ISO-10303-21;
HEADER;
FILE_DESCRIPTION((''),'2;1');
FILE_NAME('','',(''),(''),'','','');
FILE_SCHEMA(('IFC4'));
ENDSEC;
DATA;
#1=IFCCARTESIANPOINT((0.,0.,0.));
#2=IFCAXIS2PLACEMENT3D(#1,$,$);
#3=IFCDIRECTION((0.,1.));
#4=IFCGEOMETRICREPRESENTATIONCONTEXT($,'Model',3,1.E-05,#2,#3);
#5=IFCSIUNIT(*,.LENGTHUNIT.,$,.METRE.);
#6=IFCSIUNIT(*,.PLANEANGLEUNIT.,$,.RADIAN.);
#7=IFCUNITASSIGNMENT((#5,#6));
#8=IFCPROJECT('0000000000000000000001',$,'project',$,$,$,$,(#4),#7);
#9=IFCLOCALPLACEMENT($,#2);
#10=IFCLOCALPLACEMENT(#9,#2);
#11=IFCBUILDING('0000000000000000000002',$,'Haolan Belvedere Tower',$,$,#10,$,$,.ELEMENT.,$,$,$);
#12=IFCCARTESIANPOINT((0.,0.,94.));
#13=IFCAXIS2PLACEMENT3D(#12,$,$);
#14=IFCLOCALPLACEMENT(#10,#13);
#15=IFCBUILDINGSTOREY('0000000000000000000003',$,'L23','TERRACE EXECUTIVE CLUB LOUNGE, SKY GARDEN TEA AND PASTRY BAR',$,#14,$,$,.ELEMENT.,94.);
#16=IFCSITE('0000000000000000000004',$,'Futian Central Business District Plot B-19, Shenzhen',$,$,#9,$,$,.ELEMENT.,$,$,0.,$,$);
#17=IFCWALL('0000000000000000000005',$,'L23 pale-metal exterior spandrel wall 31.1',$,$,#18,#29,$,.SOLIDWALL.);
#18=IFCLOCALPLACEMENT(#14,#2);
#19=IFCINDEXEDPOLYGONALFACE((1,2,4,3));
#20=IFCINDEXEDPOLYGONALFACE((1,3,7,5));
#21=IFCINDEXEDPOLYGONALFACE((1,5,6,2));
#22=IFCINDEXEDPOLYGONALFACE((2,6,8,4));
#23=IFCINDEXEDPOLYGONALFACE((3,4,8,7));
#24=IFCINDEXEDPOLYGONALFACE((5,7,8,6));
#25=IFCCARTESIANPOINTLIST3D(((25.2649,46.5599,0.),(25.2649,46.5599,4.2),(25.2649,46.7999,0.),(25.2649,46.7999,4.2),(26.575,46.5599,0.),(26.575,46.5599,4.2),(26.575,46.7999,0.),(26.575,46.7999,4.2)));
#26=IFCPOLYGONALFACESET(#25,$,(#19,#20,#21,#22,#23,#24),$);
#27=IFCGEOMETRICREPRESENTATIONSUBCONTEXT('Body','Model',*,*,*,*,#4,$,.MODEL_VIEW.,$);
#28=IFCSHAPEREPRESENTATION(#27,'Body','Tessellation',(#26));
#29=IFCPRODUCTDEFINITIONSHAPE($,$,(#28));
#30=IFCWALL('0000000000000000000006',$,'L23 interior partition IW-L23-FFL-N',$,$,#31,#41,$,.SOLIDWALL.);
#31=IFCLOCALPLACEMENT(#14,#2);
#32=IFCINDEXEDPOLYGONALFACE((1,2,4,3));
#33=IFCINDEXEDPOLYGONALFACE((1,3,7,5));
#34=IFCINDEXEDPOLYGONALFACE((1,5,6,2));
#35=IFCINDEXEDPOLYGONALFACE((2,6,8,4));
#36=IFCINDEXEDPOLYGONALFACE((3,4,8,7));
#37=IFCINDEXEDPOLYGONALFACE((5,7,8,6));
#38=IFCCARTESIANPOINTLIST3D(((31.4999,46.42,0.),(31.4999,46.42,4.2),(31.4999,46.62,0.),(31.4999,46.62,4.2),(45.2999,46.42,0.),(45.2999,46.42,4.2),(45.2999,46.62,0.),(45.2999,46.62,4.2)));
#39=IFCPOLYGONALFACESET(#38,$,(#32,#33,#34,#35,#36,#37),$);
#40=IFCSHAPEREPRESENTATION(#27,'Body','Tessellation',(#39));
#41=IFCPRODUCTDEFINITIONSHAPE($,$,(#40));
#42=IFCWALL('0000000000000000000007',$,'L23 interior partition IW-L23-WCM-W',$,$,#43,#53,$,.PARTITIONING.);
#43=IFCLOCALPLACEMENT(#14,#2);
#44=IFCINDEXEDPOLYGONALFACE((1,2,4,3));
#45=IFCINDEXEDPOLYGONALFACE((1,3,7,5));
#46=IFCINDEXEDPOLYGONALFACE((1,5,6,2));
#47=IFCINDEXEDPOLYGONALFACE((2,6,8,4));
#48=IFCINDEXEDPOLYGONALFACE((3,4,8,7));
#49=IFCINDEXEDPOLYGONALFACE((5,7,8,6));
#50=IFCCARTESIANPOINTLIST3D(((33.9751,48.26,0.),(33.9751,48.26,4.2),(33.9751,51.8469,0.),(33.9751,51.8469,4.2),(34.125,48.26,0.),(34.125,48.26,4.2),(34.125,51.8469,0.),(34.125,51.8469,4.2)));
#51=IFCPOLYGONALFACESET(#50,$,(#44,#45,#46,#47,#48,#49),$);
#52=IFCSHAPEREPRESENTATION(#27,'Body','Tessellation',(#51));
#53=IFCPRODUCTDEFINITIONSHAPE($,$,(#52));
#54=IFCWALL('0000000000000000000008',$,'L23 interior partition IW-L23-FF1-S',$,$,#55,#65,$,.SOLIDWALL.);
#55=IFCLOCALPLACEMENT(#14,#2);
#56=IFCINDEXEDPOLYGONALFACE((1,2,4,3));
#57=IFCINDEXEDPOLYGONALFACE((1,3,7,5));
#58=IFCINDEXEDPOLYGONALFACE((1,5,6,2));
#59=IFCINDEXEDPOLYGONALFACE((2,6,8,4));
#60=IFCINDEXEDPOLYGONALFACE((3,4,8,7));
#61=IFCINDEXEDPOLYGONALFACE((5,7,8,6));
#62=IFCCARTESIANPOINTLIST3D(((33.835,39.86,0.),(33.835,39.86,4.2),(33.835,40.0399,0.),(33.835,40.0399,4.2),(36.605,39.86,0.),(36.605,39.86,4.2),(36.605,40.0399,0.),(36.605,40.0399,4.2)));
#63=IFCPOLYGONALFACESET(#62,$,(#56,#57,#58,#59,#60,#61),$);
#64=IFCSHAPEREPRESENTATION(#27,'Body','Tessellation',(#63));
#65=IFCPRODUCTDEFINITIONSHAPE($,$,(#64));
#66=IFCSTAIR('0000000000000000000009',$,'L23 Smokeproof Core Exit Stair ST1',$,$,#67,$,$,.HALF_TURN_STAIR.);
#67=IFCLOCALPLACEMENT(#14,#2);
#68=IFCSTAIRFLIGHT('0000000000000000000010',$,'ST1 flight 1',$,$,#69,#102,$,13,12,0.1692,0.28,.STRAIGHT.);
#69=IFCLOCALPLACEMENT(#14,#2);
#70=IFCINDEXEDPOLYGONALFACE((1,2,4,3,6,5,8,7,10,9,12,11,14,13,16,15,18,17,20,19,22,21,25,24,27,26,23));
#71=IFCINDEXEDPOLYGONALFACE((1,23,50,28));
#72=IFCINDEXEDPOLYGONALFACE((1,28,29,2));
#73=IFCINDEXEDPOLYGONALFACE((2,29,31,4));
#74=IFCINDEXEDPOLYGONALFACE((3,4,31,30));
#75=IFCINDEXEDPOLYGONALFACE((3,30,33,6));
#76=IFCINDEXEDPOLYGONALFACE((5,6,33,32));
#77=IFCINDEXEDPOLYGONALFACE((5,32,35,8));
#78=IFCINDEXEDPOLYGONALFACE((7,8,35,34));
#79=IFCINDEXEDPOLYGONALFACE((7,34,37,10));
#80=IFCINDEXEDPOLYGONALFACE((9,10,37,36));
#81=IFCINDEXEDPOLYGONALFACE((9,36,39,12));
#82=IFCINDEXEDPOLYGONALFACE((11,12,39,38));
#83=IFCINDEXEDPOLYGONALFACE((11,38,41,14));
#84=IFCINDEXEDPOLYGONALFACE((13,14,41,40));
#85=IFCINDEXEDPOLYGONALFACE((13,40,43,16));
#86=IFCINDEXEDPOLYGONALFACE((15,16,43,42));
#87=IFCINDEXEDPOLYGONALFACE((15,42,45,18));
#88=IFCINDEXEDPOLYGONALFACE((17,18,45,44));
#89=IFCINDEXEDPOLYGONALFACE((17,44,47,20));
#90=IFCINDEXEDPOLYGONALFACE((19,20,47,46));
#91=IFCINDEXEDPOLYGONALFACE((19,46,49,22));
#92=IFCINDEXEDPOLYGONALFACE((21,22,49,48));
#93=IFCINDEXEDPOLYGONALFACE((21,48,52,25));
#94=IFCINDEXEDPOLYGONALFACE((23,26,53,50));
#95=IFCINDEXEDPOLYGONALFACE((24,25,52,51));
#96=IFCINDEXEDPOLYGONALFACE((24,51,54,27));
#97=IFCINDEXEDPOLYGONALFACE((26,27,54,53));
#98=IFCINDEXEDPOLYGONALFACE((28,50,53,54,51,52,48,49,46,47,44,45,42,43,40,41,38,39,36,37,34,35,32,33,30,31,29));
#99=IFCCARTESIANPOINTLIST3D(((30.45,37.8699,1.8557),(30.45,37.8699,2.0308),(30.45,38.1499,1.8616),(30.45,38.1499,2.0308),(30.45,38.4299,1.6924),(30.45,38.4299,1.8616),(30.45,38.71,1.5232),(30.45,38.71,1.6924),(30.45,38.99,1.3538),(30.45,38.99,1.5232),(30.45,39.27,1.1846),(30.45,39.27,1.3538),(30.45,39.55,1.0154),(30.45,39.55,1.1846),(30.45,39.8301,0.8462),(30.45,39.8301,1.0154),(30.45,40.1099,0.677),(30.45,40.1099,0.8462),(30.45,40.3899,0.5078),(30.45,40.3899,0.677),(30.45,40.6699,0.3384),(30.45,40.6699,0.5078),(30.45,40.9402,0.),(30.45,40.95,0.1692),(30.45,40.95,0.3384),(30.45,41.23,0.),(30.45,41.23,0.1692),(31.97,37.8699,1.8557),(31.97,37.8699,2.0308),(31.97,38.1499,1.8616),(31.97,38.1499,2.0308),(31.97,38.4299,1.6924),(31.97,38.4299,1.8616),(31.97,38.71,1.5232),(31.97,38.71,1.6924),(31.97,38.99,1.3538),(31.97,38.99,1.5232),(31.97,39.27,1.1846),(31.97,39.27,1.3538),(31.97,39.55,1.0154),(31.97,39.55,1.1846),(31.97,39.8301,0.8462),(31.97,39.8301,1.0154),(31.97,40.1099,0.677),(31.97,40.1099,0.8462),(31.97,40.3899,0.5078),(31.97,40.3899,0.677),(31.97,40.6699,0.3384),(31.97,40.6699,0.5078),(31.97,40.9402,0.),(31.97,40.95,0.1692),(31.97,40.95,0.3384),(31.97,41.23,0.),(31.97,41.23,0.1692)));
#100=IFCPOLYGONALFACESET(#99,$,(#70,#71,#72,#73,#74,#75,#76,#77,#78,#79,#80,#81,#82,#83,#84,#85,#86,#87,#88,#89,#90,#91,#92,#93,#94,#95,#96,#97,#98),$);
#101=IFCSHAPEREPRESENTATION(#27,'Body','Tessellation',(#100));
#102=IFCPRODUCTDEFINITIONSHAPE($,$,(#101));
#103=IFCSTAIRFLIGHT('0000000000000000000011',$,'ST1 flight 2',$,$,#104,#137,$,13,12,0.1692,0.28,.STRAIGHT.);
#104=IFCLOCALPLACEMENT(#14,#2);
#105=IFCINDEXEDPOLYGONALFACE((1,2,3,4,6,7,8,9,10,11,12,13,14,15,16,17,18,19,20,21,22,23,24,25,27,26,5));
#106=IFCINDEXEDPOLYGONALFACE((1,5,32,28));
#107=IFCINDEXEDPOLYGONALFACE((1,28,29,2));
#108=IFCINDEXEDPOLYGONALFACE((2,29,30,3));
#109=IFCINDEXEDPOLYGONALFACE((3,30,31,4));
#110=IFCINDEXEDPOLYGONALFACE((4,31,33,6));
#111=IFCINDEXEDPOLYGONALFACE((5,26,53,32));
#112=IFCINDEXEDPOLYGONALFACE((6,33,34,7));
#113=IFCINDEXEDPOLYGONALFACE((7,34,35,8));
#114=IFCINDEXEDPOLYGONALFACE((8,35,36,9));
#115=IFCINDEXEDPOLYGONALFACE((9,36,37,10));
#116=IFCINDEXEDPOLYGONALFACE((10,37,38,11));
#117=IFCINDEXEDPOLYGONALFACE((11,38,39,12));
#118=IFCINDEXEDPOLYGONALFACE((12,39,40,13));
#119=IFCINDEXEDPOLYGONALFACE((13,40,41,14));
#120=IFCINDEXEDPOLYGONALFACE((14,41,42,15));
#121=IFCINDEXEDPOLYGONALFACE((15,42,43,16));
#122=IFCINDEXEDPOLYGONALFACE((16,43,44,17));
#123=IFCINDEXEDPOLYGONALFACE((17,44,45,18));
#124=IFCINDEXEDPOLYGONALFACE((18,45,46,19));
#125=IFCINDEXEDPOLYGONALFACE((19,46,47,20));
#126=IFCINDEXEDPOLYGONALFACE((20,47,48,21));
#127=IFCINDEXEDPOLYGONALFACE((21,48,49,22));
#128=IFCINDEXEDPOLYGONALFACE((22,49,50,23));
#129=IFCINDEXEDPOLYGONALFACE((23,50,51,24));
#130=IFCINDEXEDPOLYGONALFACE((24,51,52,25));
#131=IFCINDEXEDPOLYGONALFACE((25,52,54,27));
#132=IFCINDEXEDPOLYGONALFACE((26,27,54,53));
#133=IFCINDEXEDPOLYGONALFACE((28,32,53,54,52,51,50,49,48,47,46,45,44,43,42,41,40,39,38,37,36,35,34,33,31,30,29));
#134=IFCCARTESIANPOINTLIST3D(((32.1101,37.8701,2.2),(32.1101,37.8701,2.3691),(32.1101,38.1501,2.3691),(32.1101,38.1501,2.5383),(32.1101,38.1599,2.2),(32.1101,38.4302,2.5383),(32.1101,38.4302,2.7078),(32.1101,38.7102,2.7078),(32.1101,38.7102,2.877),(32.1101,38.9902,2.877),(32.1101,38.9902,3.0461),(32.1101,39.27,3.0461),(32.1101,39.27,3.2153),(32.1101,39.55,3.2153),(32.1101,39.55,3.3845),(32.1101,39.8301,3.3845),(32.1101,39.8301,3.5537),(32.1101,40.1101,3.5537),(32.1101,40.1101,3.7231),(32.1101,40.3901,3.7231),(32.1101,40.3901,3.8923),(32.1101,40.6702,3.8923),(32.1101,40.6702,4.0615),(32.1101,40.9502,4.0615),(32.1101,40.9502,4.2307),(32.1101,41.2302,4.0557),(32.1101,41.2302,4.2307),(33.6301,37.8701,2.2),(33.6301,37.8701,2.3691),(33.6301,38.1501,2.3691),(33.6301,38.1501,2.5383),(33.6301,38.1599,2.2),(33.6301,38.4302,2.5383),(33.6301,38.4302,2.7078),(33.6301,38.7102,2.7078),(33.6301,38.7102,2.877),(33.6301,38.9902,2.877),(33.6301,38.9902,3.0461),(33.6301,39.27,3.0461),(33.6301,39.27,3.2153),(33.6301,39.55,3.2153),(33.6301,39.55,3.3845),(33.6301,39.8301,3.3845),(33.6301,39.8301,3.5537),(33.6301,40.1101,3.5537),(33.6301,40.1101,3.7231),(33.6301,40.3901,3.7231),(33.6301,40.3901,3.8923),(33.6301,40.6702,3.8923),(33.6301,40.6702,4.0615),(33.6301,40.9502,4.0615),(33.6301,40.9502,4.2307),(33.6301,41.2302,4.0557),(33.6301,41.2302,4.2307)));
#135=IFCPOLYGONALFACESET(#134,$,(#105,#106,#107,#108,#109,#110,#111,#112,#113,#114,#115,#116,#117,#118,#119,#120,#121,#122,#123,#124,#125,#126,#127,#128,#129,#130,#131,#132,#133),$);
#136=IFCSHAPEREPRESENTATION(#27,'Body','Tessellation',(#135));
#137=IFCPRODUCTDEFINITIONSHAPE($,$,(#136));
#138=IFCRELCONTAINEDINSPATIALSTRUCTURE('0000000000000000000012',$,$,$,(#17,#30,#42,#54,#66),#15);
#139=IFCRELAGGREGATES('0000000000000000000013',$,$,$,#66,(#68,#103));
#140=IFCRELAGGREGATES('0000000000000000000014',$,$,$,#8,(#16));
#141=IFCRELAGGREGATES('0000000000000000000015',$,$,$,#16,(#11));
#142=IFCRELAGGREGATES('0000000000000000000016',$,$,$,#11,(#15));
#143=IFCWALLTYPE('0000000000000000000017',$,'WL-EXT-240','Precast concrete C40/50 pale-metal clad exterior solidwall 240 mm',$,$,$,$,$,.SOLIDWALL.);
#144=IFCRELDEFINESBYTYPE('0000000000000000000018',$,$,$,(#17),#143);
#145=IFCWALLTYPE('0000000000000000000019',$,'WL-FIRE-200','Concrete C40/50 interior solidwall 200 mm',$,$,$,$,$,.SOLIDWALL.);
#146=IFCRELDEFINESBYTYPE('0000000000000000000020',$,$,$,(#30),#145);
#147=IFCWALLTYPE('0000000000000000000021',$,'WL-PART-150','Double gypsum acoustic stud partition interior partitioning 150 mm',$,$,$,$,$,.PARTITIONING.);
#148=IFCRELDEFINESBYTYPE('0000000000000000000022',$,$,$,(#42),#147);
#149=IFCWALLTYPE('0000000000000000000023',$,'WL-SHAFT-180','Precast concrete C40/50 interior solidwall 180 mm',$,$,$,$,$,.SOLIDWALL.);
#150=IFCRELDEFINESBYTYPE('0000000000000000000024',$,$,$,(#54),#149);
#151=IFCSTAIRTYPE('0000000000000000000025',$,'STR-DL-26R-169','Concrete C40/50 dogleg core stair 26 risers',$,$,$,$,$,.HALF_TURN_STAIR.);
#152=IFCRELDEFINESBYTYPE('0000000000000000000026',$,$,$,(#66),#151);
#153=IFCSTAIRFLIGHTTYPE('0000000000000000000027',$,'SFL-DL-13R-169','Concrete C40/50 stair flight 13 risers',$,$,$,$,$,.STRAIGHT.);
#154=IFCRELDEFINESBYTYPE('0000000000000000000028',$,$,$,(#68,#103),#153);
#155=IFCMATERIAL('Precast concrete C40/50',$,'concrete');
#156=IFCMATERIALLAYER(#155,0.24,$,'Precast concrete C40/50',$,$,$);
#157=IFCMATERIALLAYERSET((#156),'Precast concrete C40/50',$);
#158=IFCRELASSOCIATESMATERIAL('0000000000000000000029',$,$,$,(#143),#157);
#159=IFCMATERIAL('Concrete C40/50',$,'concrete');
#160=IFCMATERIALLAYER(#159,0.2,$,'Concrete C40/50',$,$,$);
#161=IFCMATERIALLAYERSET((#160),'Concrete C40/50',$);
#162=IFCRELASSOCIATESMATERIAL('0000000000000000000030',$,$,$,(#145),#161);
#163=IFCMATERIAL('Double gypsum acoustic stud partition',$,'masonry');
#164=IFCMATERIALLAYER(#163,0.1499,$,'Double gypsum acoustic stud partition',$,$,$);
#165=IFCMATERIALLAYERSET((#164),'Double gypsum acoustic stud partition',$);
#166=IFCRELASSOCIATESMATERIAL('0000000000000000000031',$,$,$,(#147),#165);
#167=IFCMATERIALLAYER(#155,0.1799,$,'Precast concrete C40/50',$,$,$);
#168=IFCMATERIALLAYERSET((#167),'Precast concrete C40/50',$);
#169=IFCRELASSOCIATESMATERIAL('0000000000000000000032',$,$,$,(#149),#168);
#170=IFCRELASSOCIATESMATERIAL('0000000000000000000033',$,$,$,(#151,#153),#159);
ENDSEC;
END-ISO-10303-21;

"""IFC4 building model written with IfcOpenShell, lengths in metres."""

from ifc_helpers import new_model, si_unit, direction, frame, frame_2d, origin, place, context, subcontext, project, spatial, polyline, rectangle, outline, extrude, material, layer, layer_set, type_object, element, aggregate, save


model = new_model("IFC4")

# Units and contexts
model_context = context("Model", 3, precision=1e-05, world=origin(), true_north=direction((0.0, 1.0)))
body_context = subcontext(model_context, "Body", "Model", "MODEL_VIEW")
ifc_project = project(units=[si_unit("LENGTHUNIT", "METRE"), si_unit("PLANEANGLEUNIT", "RADIAN")], contexts=[model_context])

# Site, building, storey
site_placement = place(None, origin())
site = spatial("IfcSite", under=ifc_project, at=site_placement, Name="Futian Central Business District Plot B-19, Shenzhen", CompositionType="ELEMENT", RefElevation=0.0)
building_placement = place(site_placement, origin())
building = spatial("IfcBuilding", under=site, at=building_placement, Name="Haolan Belvedere Tower", CompositionType="ELEMENT")
storey_placement = place(building_placement, frame((0.0, 0.0, 94.0)))
storey = spatial("IfcBuildingStorey", under=building, at=storey_placement, Name="L23", Description="TERRACE EXECUTIVE CLUB LOUNGE, SKY GARDEN TEA AND PASTRY BAR", CompositionType="ELEMENT", Elevation=94.0)

# Shared definitions
ifc_material_1 = material(Name="Precast concrete C40/50", Category="concrete")
ifc_layer_1 = layer(ifc_material_1, 0.24, Name="Precast concrete C40/50")
ifc_layer_set_1 = layer_set([ifc_layer_1], Name="Precast concrete C40/50")
wall_type_1 = type_object("IfcWallType", Name="WL-EXT-240", Description="Precast concrete C40/50 pale-metal clad exterior solidwall 240 mm", PredefinedType="SOLIDWALL", material=ifc_layer_set_1)

# Walls
wall_1_placement = place(storey_placement, frame((26.575, 46.6799, 0.0), z_axis=(0.0, 0.0, 1.0), x_axis=(-1.0, 0.0, 0.0)))
element("IfcWall", 1, at=wall_1_placement, inside=storey, type_object=wall_type_1, Name="L23 pale-metal exterior spandrel wall 31.1", PredefinedType="SOLIDWALL", context=body_context, shape_type="SweptSolid", body=[
    extrude(rectangle(XDim=1.3101, YDim=0.24, at=frame_2d((0.655, 0.0))), origin(), (0.0, 0.0, 1.0), 4.2),
])
ifc_material_2 = material(Name="Concrete C40/50", Category="concrete")
ifc_layer_2 = layer(ifc_material_2, 0.2, Name="Concrete C40/50")
ifc_layer_set_2 = layer_set([ifc_layer_2], Name="Concrete C40/50")
wall_type_2 = type_object("IfcWallType", Name="WL-FIRE-200", Description="Concrete C40/50 interior solidwall 200 mm", PredefinedType="SOLIDWALL", material=ifc_layer_set_2)
wall_2_placement = place(storey_placement, frame((31.5, 46.52, 0.0), z_axis=(0.0, 0.0, 1.0), x_axis=(1.0, 0.0, 0.0)))
element("IfcWall", 2, at=wall_2_placement, inside=storey, type_object=wall_type_2, Name="L23 interior partition IW-L23-FFL-N", PredefinedType="SOLIDWALL", context=body_context, shape_type="SweptSolid", body=[
    extrude(rectangle(XDim=13.8, YDim=0.2, at=frame_2d((6.8999, 0.0))), origin(), (0.0, 0.0, 1.0), 4.2),
])

# Shared definitions
ifc_material_3 = material(Name="Double gypsum acoustic stud partition", Category="masonry")
ifc_layer_3 = layer(ifc_material_3, 0.1499, Name="Double gypsum acoustic stud partition")
ifc_layer_set_3 = layer_set([ifc_layer_3], Name="Double gypsum acoustic stud partition")
wall_type_3 = type_object("IfcWallType", Name="WL-PART-150", Description="Double gypsum acoustic stud partition interior partitioning 150 mm", PredefinedType="PARTITIONING", material=ifc_layer_set_3)

# Walls
wall_3_placement = place(storey_placement, frame((34.05, 48.26, 0.0), z_axis=(0.0, 0.0, 1.0), x_axis=(0.0, 1.0, 0.0)))
element("IfcWall", 3, at=wall_3_placement, inside=storey, type_object=wall_type_3, Name="L23 interior partition IW-L23-WCM-W", PredefinedType="PARTITIONING", context=body_context, shape_type="SweptSolid", body=[
    extrude(rectangle(XDim=3.5869, YDim=0.1499, at=frame_2d((1.7935, 0.0))), origin(), (0.0, 0.0, 1.0), 4.2),
])
ifc_layer_4 = layer(ifc_material_1, 0.1799, Name="Precast concrete C40/50")
ifc_layer_set_4 = layer_set([ifc_layer_4], Name="Precast concrete C40/50")
wall_type_4 = type_object("IfcWallType", Name="WL-SHAFT-180", Description="Precast concrete C40/50 interior solidwall 180 mm", PredefinedType="SOLIDWALL", material=ifc_layer_set_4)
wall_4_placement = place(storey_placement, frame((33.835, 39.95, 0.0), z_axis=(0.0, 0.0, 1.0), x_axis=(1.0, 0.0, 0.0)))
element("IfcWall", 4, at=wall_4_placement, inside=storey, type_object=wall_type_4, Name="L23 interior partition IW-L23-FF1-S", PredefinedType="SOLIDWALL", context=body_context, shape_type="SweptSolid", body=[
    extrude(rectangle(XDim=2.77, YDim=0.1799, at=frame_2d((1.385, 0.0))), origin(), (0.0, 0.0, 1.0), 4.2),
])

# Stair, stair flights
stair_type = type_object("IfcStairType", Name="STR-DL-26R-169", Description="Concrete C40/50 dogleg core stair 26 risers", PredefinedType="HALF_TURN_STAIR", material=ifc_material_2)
stair_placement = place(storey_placement, origin())
stair = element("IfcStair", 5, at=stair_placement, inside=storey, type_object=stair_type, Name="L23 Smokeproof Core Exit Stair ST1", PredefinedType="HALF_TURN_STAIR")
stair_flight_type = type_object("IfcStairFlightType", Name="SFL-DL-13R-169", Description="Concrete C40/50 stair flight 13 risers", PredefinedType="STRAIGHT", material=ifc_material_2)
stair_flight_1_placement = place(storey_placement, frame((31.21, 41.23, 0.0), z_axis=(0.0, 0.0, 1.0), x_axis=(0.0, -1.0, 0.0)))
stair_flight_1 = element("IfcStairFlight", 6, at=stair_flight_1_placement, type_object=stair_flight_type, Name="ST1 flight 1", NumberOfRisers=13, NumberOfTreads=12, PredefinedType="STRAIGHT", RiserHeight=0.1692, TreadLength=0.28, context=body_context, shape_type="SweptSolid", body=[
    extrude(outline(polyline([(0.0, 0.0), (0.0, 0.1692), (0.28, 0.1692), (0.28, 0.3384), (0.5601, 0.3384), (0.5601, 0.5078), (0.8401, 0.5078), (0.8401, 0.677), (1.1201, 0.677), (1.1201, 0.8462), (1.3999, 0.8462), (1.3999, 1.0154), (1.6799, 1.0154), (1.6799, 1.1846), (1.96, 1.1846), (1.96, 1.3538), (2.24, 1.3538), (2.24, 1.5232), (2.52, 1.5232), (2.52, 1.6924), (2.8, 1.6924), (2.8, 1.8616), (3.0801, 1.8616), (3.0801, 2.0308), (3.3601, 2.0308), (3.3601, 2.2), (3.3601, 1.8557), (0.2898, 0.0), (0.0, 0.0)])), frame((0.0, 0.76, 0.0), z_axis=(0.0, -1.0, 0.0), x_axis=(1.0, 0.0, 0.0)), (0.0, 0.0, 1.0), 1.52),
])
stair_flight_2_placement = place(storey_placement, frame((32.8701, 37.8701, 2.2), z_axis=(0.0, 0.0, 1.0), x_axis=(0.0, 1.0, 0.0)))
stair_flight_2 = element("IfcStairFlight", 7, at=stair_flight_2_placement, type_object=stair_flight_type, Name="ST1 flight 2", NumberOfRisers=13, NumberOfTreads=12, PredefinedType="STRAIGHT", RiserHeight=0.1692, TreadLength=0.28, context=body_context, shape_type="SweptSolid", body=[
    extrude(outline(polyline([(0.0, 0.0), (0.0, 0.1692), (0.28, 0.1692), (0.28, 0.3384), (0.5601, 0.3384), (0.5601, 0.5078), (0.8401, 0.5078), (0.8401, 0.677), (1.1201, 0.677), (1.1201, 0.8462), (1.3999, 0.8462), (1.3999, 1.0154), (1.6799, 1.0154), (1.6799, 1.1846), (1.96, 1.1846), (1.96, 1.3538), (2.24, 1.3538), (2.24, 1.5232), (2.52, 1.5232), (2.52, 1.6924), (2.8, 1.6924), (2.8, 1.8616), (3.0801, 1.8616), (3.0801, 2.0308), (3.3601, 2.0308), (3.3601, 2.2), (3.3601, 1.8557), (0.2898, 0.0), (0.0, 0.0)])), frame((0.0, 0.76, 0.0), z_axis=(0.0, -1.0, 0.0), x_axis=(1.0, 0.0, 0.0)), (0.0, 0.0, 1.0), 1.52),
])
aggregate(stair, [stair_flight_1, stair_flight_2])

save(model, "model.ifc")
